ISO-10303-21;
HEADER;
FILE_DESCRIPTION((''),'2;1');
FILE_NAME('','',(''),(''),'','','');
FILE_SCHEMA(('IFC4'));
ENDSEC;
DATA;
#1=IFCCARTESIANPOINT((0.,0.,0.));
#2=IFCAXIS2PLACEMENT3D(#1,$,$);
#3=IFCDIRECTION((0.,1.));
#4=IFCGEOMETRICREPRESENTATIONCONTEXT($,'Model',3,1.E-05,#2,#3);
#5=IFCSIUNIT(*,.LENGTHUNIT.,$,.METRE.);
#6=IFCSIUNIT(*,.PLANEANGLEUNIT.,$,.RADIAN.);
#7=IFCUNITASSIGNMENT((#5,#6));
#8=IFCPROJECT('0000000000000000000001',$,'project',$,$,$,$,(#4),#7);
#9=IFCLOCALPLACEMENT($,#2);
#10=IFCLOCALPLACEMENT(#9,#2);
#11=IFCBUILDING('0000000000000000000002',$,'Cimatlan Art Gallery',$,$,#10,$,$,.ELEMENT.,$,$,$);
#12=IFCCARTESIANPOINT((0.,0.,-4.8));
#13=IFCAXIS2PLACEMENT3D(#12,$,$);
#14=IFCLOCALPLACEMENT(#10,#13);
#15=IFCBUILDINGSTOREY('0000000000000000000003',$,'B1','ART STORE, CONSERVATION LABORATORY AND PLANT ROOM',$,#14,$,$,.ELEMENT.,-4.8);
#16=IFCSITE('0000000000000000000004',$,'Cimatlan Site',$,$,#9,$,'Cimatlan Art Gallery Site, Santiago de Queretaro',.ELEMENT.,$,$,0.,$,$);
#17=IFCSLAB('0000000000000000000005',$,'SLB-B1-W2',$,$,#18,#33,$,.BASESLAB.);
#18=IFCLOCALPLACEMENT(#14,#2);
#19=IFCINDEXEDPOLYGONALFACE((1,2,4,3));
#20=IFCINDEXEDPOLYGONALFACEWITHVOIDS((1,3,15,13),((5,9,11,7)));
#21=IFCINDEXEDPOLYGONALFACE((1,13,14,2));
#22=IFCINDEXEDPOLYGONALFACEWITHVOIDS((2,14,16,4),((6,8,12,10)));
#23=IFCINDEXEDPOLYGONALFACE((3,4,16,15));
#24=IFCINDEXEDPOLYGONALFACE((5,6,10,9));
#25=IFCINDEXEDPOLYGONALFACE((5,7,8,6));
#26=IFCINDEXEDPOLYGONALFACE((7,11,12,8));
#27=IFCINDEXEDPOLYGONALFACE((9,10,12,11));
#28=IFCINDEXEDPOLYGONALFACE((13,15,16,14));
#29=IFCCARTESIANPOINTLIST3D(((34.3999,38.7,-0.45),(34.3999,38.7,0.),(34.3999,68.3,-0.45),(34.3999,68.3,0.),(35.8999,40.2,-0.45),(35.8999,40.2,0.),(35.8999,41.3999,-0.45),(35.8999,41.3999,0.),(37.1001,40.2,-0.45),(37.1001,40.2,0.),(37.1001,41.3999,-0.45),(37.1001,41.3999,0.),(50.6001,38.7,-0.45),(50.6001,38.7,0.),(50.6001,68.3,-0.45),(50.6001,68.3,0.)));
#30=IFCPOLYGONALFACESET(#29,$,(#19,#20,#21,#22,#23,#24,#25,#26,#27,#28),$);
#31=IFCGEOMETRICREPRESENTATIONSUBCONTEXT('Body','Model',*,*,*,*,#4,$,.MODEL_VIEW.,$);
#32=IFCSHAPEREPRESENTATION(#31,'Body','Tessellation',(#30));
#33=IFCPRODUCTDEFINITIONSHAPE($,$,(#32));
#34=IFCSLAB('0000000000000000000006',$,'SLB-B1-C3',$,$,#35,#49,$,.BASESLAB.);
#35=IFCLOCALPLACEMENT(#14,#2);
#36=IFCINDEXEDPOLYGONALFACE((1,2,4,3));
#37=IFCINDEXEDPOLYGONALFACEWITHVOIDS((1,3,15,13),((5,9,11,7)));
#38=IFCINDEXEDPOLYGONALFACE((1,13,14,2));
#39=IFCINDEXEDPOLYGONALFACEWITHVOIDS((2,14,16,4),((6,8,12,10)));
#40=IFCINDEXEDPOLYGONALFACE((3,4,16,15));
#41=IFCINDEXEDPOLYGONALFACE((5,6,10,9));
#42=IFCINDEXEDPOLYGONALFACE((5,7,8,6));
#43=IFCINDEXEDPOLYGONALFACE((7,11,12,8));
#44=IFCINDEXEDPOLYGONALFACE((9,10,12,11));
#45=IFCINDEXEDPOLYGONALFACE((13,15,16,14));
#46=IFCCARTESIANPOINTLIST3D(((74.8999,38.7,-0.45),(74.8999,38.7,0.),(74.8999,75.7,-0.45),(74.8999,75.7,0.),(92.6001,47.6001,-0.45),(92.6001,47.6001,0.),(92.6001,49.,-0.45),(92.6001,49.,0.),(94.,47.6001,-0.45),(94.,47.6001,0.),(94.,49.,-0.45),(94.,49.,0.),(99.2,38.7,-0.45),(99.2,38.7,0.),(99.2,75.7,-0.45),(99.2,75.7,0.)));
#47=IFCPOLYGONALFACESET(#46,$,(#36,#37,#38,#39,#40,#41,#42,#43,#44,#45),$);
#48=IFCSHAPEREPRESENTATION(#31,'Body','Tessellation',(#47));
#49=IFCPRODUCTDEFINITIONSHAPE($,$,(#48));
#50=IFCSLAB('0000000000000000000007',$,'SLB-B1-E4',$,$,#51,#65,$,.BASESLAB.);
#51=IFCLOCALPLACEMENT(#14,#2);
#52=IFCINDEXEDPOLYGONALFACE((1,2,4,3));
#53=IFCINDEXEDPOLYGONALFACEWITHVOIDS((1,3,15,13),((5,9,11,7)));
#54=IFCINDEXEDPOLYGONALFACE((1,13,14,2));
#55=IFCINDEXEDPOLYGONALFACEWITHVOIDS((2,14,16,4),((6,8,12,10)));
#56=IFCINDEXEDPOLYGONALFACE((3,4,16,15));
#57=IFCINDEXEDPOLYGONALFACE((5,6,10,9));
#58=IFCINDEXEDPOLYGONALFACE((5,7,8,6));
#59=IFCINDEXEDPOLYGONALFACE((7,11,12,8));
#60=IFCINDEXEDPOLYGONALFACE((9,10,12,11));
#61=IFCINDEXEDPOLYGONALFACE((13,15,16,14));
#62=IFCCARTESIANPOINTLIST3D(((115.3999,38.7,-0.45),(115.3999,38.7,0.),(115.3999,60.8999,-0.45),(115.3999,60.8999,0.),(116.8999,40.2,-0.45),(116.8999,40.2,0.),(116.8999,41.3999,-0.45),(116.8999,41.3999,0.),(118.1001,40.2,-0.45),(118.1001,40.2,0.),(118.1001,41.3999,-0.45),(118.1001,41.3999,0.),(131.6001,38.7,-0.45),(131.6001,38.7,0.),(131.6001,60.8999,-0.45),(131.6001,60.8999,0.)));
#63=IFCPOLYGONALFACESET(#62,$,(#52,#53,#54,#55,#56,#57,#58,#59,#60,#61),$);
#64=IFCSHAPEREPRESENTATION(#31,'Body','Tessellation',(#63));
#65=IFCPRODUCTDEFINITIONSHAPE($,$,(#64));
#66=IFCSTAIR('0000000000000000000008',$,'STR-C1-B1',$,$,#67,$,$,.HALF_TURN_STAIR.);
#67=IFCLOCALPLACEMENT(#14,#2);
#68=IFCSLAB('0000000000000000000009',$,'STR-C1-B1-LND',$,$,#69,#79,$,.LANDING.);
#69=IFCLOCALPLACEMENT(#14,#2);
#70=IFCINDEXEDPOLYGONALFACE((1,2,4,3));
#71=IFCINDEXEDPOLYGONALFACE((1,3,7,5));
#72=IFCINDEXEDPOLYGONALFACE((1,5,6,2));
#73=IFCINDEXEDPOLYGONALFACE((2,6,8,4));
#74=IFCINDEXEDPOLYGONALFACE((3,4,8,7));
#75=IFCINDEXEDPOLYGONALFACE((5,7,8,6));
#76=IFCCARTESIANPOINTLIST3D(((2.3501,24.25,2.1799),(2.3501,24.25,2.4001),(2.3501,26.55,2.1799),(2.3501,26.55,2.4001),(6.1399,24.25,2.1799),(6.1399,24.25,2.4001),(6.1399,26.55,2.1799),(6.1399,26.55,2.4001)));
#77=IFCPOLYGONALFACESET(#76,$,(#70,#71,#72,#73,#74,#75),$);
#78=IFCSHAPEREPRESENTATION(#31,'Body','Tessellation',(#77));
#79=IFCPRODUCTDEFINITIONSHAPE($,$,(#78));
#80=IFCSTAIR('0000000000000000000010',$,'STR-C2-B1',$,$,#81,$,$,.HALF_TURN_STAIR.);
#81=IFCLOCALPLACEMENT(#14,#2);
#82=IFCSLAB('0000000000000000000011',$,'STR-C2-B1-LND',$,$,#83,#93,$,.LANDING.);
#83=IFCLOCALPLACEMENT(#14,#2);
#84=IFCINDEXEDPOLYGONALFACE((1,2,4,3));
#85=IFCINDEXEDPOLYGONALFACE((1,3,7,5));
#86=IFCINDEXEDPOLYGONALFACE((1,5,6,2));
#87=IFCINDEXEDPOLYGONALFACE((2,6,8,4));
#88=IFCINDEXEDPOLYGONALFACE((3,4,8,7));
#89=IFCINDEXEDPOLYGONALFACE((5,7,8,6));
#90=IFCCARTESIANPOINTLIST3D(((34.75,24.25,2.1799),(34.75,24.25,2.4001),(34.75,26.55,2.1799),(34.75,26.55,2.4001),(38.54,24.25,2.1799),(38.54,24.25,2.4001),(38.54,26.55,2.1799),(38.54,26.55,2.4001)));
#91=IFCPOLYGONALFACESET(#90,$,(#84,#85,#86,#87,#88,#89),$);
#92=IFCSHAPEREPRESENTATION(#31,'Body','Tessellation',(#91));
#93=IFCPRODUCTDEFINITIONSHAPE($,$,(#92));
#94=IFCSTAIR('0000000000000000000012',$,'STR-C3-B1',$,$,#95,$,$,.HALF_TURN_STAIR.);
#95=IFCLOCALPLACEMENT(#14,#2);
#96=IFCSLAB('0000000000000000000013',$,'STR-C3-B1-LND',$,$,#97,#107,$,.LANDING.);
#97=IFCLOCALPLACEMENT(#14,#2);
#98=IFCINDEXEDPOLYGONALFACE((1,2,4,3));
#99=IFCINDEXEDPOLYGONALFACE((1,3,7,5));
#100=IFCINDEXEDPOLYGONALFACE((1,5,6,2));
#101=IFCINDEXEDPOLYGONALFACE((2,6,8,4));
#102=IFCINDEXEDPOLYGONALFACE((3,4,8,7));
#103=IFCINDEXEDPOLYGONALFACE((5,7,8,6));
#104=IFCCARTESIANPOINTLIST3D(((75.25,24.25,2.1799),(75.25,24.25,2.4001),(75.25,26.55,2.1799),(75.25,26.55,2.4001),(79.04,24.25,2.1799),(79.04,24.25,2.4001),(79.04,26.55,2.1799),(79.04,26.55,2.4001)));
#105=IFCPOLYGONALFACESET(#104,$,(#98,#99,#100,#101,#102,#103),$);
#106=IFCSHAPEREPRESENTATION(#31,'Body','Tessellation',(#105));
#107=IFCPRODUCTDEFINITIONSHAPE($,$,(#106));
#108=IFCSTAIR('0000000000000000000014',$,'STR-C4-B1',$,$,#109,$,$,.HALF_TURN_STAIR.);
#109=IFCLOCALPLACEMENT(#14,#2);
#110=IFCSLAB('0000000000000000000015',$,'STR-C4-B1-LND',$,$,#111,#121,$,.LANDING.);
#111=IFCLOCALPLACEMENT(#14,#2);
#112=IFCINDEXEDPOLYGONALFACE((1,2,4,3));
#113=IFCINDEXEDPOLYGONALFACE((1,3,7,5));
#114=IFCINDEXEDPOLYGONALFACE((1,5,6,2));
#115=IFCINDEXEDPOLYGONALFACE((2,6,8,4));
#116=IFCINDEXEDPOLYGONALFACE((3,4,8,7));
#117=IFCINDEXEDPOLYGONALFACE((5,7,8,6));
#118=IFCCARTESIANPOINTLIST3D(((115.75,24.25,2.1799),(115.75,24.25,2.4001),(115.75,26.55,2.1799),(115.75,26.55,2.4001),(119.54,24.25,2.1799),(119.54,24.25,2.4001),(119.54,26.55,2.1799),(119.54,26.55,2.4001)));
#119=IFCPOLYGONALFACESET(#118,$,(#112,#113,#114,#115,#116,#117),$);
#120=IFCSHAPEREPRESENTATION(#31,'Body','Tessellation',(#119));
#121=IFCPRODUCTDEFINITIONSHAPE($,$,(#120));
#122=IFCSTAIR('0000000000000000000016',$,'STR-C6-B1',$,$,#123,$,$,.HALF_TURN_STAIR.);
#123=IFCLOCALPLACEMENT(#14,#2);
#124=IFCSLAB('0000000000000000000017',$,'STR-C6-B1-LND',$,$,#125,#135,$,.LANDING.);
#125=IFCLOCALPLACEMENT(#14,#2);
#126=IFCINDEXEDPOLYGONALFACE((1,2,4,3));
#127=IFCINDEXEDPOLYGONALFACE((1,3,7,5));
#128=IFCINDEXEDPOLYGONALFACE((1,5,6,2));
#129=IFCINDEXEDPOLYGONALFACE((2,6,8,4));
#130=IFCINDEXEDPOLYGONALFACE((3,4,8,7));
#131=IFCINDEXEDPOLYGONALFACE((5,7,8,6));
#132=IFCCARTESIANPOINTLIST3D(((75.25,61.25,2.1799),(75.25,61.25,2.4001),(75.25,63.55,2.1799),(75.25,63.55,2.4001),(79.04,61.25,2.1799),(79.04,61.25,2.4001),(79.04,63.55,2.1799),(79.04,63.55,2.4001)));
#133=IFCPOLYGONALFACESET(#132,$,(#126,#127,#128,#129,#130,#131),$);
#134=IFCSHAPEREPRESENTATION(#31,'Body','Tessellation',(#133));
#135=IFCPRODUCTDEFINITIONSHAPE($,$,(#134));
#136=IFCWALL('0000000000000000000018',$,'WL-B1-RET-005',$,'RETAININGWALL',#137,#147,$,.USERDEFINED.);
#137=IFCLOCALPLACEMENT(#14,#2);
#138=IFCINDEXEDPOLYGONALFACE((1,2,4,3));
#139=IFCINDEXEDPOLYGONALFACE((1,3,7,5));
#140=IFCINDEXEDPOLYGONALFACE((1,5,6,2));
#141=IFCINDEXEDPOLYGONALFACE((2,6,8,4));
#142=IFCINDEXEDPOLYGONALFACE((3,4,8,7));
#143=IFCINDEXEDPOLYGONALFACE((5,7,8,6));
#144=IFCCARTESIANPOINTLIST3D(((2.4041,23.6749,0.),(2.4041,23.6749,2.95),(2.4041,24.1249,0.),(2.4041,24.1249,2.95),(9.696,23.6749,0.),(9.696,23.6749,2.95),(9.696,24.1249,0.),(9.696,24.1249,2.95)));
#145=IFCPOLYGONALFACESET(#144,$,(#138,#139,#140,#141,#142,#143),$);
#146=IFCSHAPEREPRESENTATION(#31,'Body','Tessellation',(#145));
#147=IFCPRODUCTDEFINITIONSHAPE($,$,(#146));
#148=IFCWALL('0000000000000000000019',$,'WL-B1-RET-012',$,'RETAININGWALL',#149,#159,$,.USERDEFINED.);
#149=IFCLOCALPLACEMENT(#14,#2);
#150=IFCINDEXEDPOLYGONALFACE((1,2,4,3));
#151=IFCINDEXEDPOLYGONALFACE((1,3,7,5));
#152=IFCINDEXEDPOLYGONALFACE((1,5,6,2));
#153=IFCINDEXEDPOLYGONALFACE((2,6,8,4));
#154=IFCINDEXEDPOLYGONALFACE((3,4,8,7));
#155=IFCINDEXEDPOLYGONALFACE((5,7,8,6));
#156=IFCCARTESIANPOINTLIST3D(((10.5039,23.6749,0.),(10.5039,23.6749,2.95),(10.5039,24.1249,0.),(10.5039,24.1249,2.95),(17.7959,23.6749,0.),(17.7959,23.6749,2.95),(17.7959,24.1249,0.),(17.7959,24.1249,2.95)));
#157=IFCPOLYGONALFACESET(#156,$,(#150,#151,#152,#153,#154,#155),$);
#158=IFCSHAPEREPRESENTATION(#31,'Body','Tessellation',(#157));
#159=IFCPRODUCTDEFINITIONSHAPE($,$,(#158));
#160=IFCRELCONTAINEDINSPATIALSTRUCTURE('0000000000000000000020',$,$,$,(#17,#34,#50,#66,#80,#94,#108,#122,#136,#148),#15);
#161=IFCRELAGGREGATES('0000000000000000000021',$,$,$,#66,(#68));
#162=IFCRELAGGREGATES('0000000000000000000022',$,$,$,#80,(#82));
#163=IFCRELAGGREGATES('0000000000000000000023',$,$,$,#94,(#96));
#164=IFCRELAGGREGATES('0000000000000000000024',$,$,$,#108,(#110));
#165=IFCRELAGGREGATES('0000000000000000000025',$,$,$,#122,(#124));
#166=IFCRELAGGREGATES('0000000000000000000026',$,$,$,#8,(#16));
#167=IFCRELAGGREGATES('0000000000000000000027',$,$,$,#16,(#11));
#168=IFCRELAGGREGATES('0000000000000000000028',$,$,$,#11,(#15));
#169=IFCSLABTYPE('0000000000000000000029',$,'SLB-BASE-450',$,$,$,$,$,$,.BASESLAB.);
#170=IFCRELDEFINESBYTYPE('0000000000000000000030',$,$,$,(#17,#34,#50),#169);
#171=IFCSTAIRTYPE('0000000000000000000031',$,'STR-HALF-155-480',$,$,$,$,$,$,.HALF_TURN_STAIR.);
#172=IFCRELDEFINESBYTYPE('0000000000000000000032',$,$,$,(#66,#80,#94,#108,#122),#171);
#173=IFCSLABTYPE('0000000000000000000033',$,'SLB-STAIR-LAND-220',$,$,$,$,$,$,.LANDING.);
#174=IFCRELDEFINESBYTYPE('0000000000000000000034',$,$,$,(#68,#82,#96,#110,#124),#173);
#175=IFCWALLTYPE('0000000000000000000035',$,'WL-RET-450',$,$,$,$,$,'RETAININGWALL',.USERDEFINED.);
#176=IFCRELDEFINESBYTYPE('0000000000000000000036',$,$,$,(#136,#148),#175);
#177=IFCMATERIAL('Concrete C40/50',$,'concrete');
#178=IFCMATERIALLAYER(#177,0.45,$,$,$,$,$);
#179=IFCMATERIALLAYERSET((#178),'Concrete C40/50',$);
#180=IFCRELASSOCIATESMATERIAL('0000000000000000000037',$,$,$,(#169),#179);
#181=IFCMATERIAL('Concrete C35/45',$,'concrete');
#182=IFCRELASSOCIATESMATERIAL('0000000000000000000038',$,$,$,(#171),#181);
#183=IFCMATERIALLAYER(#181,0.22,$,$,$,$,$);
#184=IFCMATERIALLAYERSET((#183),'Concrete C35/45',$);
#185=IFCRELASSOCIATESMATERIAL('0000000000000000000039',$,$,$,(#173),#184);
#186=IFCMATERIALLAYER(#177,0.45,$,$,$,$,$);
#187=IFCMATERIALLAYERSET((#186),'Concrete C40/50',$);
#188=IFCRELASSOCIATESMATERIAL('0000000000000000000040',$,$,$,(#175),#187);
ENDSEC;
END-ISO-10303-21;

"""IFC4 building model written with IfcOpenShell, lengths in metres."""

from ifc_helpers import new_model, si_unit, direction, frame, frame_2d, origin, place, context, subcontext, project, spatial, polyline, rectangle, outline, extrude, material, layer, layer_set, type_object, element, aggregate, save


model = new_model("IFC4")

# Units and contexts
model_context = context("Model", 3, precision=1e-05, world=origin(), true_north=direction((0.0, 1.0)))
body_context = subcontext(model_context, "Body", "Model", "MODEL_VIEW")
ifc_project = project(units=[si_unit("LENGTHUNIT", "METRE"), si_unit("PLANEANGLEUNIT", "RADIAN")], contexts=[model_context])

# Site, building, storey
site_placement = place(None, origin())
site = spatial("IfcSite", under=ifc_project, at=site_placement, Name="Cimatlan Site", LongName="Cimatlan Art Gallery Site, Santiago de Queretaro", CompositionType="ELEMENT", RefElevation=0.0)
building_placement = place(site_placement, origin())
building = spatial("IfcBuilding", under=site, at=building_placement, Name="Cimatlan Art Gallery", CompositionType="ELEMENT")
storey_placement = place(building_placement, frame((0.0, 0.0, -4.8)))
storey = spatial("IfcBuildingStorey", under=building, at=storey_placement, Name="B1", Description="ART STORE, CONSERVATION LABORATORY AND PLANT ROOM", CompositionType="ELEMENT", Elevation=-4.8)

# Shared definitions
ifc_material_1 = material(Name="Concrete C40/50", Category="concrete")

# Slabs
ifc_layer_1 = layer(ifc_material_1, 0.45)
ifc_layer_set_1 = layer_set([ifc_layer_1], Name="Concrete C40/50")
slab_type_1 = type_object("IfcSlabType", Name="SLB-BASE-450", PredefinedType="BASESLAB", material=ifc_layer_set_1)
slab_1_placement = place(storey_placement, frame((0.0, 0.0, -0.45)))
element("IfcSlab", 1, at=slab_1_placement, inside=storey, type_object=slab_type_1, Name="SLB-B1-W2", PredefinedType="BASESLAB", context=body_context, shape_type="SweptSolid", body=[
    extrude(outline(polyline([(34.3999, 38.7), (50.6001, 38.7), (50.6001, 68.3), (34.3999, 68.3), (34.3999, 38.7)]), holes=[polyline([(35.8999, 40.2), (37.1001, 40.2), (37.1001, 41.3999), (35.8999, 41.3999), (35.8999, 40.2)])]), origin(), (0.0, 0.0, 1.0), 0.45),
])
slab_2_placement = place(storey_placement, frame((0.0, 0.0, -0.45)))
element("IfcSlab", 2, at=slab_2_placement, inside=storey, type_object=slab_type_1, Name="SLB-B1-C3", PredefinedType="BASESLAB", context=body_context, shape_type="SweptSolid", body=[
    extrude(outline(polyline([(74.8999, 38.7), (99.2, 38.7), (99.2, 75.7), (74.8999, 75.7), (74.8999, 38.7)]), holes=[polyline([(92.6001, 47.6001), (94.0, 47.6001), (94.0, 49.0), (92.6001, 49.0), (92.6001, 47.6001)])]), origin(), (0.0, 0.0, 1.0), 0.45),
])
slab_3_placement = place(storey_placement, frame((0.0, 0.0, -0.45)))
element("IfcSlab", 3, at=slab_3_placement, inside=storey, type_object=slab_type_1, Name="SLB-B1-E4", PredefinedType="BASESLAB", context=body_context, shape_type="SweptSolid", body=[
    extrude(outline(polyline([(115.3999, 38.7), (131.6001, 38.7), (131.6001, 60.8999), (115.3999, 60.8999), (115.3999, 38.7)]), holes=[polyline([(116.8999, 40.2), (118.1001, 40.2), (118.1001, 41.3999), (116.8999, 41.3999), (116.8999, 40.2)])]), origin(), (0.0, 0.0, 1.0), 0.45),
])

# Stairs, slabs
ifc_material_2 = material(Name="Concrete C35/45", Category="concrete")
stair_type = type_object("IfcStairType", Name="STR-HALF-155-480", PredefinedType="HALF_TURN_STAIR", material=ifc_material_2)
stair_1_placement = place(storey_placement, origin())
stair_1 = element("IfcStair", 4, at=stair_1_placement, inside=storey, type_object=stair_type, Name="STR-C1-B1", PredefinedType="HALF_TURN_STAIR")
ifc_layer_2 = layer(ifc_material_2, 0.22)
ifc_layer_set_2 = layer_set([ifc_layer_2], Name="Concrete C35/45")
slab_type_2 = type_object("IfcSlabType", Name="SLB-STAIR-LAND-220", PredefinedType="LANDING", material=ifc_layer_set_2)
slab_4_placement = place(storey_placement, frame((0.0, 0.0, 2.1799)))
slab_4 = element("IfcSlab", 5, at=slab_4_placement, type_object=slab_type_2, Name="STR-C1-B1-LND", PredefinedType="LANDING", context=body_context, shape_type="SweptSolid", body=[
    extrude(outline(polyline([(2.3501, 24.25), (6.1399, 24.25), (6.1399, 26.55), (2.3501, 26.55), (2.3501, 24.25)])), origin(), (0.0, 0.0, 1.0), 0.2202),
])
aggregate(stair_1, [slab_4])
stair_2_placement = place(storey_placement, origin())
stair_2 = element("IfcStair", 6, at=stair_2_placement, inside=storey, type_object=stair_type, Name="STR-C2-B1", PredefinedType="HALF_TURN_STAIR")
slab_5_placement = place(storey_placement, frame((0.0, 0.0, 2.1799)))
slab_5 = element("IfcSlab", 7, at=slab_5_placement, type_object=slab_type_2, Name="STR-C2-B1-LND", PredefinedType="LANDING", context=body_context, shape_type="SweptSolid", body=[
    extrude(outline(polyline([(34.75, 24.25), (38.54, 24.25), (38.54, 26.55), (34.75, 26.55), (34.75, 24.25)])), origin(), (0.0, 0.0, 1.0), 0.2202),
])
aggregate(stair_2, [slab_5])
stair_3_placement = place(storey_placement, origin())
stair_3 = element("IfcStair", 8, at=stair_3_placement, inside=storey, type_object=stair_type, Name="STR-C3-B1", PredefinedType="HALF_TURN_STAIR")
slab_6_placement = place(storey_placement, frame((0.0, 0.0, 2.1799)))
slab_6 = element("IfcSlab", 9, at=slab_6_placement, type_object=slab_type_2, Name="STR-C3-B1-LND", PredefinedType="LANDING", context=body_context, shape_type="SweptSolid", body=[
    extrude(outline(polyline([(75.25, 24.25), (79.04, 24.25), (79.04, 26.55), (75.25, 26.55), (75.25, 24.25)])), origin(), (0.0, 0.0, 1.0), 0.2202),
])
aggregate(stair_3, [slab_6])
stair_4_placement = place(storey_placement, origin())
stair_4 = element("IfcStair", 10, at=stair_4_placement, inside=storey, type_object=stair_type, Name="STR-C4-B1", PredefinedType="HALF_TURN_STAIR")
slab_7_placement = place(storey_placement, frame((0.0, 0.0, 2.1799)))
slab_7 = element("IfcSlab", 11, at=slab_7_placement, type_object=slab_type_2, Name="STR-C4-B1-LND", PredefinedType="LANDING", context=body_context, shape_type="SweptSolid", body=[
    extrude(outline(polyline([(115.75, 24.25), (119.54, 24.25), (119.54, 26.55), (115.75, 26.55), (115.75, 24.25)])), origin(), (0.0, 0.0, 1.0), 0.2202),
])
aggregate(stair_4, [slab_7])
stair_5_placement = place(storey_placement, origin())
stair_5 = element("IfcStair", 12, at=stair_5_placement, inside=storey, type_object=stair_type, Name="STR-C6-B1", PredefinedType="HALF_TURN_STAIR")
slab_8_placement = place(storey_placement, frame((0.0, 0.0, 2.1799)))
slab_8 = element("IfcSlab", 13, at=slab_8_placement, type_object=slab_type_2, Name="STR-C6-B1-LND", PredefinedType="LANDING", context=body_context, shape_type="SweptSolid", body=[
    extrude(outline(polyline([(75.25, 61.25), (79.04, 61.25), (79.04, 63.55), (75.25, 63.55), (75.25, 61.25)])), origin(), (0.0, 0.0, 1.0), 0.2202),
])
aggregate(stair_5, [slab_8])

# Walls
ifc_layer_3 = layer(ifc_material_1, 0.45)
ifc_layer_set_3 = layer_set([ifc_layer_3], Name="Concrete C40/50")
wall_type = type_object("IfcWallType", Name="WL-RET-450", ElementType="RETAININGWALL", PredefinedType="USERDEFINED", material=ifc_layer_set_3)
for number, where, z_axis, x_axis, name in (
    (14, (9.696, 23.8999, 0.0), (0.0, 0.0, 1.0), (-1.0, 0.0, 0.0), "WL-B1-RET-005"),
    (15, (17.7959, 23.8999, 0.0), (0.0, 0.0, 1.0), (-1.0, 0.0, 0.0), "WL-B1-RET-012"),
):
    element("IfcWall", number, at=place(storey_placement, frame(where, z_axis=z_axis, x_axis=x_axis)), inside=storey, type_object=wall_type, Name=name, ObjectType="RETAININGWALL", PredefinedType="USERDEFINED", context=body_context, shape_type="SweptSolid", body=[
        extrude(rectangle(XDim=7.292, YDim=0.45, at=frame_2d((3.646, 0.0))), origin(), (0.0, 0.0, 1.0), 2.95),
    ])

save(model, "model.ifc")
